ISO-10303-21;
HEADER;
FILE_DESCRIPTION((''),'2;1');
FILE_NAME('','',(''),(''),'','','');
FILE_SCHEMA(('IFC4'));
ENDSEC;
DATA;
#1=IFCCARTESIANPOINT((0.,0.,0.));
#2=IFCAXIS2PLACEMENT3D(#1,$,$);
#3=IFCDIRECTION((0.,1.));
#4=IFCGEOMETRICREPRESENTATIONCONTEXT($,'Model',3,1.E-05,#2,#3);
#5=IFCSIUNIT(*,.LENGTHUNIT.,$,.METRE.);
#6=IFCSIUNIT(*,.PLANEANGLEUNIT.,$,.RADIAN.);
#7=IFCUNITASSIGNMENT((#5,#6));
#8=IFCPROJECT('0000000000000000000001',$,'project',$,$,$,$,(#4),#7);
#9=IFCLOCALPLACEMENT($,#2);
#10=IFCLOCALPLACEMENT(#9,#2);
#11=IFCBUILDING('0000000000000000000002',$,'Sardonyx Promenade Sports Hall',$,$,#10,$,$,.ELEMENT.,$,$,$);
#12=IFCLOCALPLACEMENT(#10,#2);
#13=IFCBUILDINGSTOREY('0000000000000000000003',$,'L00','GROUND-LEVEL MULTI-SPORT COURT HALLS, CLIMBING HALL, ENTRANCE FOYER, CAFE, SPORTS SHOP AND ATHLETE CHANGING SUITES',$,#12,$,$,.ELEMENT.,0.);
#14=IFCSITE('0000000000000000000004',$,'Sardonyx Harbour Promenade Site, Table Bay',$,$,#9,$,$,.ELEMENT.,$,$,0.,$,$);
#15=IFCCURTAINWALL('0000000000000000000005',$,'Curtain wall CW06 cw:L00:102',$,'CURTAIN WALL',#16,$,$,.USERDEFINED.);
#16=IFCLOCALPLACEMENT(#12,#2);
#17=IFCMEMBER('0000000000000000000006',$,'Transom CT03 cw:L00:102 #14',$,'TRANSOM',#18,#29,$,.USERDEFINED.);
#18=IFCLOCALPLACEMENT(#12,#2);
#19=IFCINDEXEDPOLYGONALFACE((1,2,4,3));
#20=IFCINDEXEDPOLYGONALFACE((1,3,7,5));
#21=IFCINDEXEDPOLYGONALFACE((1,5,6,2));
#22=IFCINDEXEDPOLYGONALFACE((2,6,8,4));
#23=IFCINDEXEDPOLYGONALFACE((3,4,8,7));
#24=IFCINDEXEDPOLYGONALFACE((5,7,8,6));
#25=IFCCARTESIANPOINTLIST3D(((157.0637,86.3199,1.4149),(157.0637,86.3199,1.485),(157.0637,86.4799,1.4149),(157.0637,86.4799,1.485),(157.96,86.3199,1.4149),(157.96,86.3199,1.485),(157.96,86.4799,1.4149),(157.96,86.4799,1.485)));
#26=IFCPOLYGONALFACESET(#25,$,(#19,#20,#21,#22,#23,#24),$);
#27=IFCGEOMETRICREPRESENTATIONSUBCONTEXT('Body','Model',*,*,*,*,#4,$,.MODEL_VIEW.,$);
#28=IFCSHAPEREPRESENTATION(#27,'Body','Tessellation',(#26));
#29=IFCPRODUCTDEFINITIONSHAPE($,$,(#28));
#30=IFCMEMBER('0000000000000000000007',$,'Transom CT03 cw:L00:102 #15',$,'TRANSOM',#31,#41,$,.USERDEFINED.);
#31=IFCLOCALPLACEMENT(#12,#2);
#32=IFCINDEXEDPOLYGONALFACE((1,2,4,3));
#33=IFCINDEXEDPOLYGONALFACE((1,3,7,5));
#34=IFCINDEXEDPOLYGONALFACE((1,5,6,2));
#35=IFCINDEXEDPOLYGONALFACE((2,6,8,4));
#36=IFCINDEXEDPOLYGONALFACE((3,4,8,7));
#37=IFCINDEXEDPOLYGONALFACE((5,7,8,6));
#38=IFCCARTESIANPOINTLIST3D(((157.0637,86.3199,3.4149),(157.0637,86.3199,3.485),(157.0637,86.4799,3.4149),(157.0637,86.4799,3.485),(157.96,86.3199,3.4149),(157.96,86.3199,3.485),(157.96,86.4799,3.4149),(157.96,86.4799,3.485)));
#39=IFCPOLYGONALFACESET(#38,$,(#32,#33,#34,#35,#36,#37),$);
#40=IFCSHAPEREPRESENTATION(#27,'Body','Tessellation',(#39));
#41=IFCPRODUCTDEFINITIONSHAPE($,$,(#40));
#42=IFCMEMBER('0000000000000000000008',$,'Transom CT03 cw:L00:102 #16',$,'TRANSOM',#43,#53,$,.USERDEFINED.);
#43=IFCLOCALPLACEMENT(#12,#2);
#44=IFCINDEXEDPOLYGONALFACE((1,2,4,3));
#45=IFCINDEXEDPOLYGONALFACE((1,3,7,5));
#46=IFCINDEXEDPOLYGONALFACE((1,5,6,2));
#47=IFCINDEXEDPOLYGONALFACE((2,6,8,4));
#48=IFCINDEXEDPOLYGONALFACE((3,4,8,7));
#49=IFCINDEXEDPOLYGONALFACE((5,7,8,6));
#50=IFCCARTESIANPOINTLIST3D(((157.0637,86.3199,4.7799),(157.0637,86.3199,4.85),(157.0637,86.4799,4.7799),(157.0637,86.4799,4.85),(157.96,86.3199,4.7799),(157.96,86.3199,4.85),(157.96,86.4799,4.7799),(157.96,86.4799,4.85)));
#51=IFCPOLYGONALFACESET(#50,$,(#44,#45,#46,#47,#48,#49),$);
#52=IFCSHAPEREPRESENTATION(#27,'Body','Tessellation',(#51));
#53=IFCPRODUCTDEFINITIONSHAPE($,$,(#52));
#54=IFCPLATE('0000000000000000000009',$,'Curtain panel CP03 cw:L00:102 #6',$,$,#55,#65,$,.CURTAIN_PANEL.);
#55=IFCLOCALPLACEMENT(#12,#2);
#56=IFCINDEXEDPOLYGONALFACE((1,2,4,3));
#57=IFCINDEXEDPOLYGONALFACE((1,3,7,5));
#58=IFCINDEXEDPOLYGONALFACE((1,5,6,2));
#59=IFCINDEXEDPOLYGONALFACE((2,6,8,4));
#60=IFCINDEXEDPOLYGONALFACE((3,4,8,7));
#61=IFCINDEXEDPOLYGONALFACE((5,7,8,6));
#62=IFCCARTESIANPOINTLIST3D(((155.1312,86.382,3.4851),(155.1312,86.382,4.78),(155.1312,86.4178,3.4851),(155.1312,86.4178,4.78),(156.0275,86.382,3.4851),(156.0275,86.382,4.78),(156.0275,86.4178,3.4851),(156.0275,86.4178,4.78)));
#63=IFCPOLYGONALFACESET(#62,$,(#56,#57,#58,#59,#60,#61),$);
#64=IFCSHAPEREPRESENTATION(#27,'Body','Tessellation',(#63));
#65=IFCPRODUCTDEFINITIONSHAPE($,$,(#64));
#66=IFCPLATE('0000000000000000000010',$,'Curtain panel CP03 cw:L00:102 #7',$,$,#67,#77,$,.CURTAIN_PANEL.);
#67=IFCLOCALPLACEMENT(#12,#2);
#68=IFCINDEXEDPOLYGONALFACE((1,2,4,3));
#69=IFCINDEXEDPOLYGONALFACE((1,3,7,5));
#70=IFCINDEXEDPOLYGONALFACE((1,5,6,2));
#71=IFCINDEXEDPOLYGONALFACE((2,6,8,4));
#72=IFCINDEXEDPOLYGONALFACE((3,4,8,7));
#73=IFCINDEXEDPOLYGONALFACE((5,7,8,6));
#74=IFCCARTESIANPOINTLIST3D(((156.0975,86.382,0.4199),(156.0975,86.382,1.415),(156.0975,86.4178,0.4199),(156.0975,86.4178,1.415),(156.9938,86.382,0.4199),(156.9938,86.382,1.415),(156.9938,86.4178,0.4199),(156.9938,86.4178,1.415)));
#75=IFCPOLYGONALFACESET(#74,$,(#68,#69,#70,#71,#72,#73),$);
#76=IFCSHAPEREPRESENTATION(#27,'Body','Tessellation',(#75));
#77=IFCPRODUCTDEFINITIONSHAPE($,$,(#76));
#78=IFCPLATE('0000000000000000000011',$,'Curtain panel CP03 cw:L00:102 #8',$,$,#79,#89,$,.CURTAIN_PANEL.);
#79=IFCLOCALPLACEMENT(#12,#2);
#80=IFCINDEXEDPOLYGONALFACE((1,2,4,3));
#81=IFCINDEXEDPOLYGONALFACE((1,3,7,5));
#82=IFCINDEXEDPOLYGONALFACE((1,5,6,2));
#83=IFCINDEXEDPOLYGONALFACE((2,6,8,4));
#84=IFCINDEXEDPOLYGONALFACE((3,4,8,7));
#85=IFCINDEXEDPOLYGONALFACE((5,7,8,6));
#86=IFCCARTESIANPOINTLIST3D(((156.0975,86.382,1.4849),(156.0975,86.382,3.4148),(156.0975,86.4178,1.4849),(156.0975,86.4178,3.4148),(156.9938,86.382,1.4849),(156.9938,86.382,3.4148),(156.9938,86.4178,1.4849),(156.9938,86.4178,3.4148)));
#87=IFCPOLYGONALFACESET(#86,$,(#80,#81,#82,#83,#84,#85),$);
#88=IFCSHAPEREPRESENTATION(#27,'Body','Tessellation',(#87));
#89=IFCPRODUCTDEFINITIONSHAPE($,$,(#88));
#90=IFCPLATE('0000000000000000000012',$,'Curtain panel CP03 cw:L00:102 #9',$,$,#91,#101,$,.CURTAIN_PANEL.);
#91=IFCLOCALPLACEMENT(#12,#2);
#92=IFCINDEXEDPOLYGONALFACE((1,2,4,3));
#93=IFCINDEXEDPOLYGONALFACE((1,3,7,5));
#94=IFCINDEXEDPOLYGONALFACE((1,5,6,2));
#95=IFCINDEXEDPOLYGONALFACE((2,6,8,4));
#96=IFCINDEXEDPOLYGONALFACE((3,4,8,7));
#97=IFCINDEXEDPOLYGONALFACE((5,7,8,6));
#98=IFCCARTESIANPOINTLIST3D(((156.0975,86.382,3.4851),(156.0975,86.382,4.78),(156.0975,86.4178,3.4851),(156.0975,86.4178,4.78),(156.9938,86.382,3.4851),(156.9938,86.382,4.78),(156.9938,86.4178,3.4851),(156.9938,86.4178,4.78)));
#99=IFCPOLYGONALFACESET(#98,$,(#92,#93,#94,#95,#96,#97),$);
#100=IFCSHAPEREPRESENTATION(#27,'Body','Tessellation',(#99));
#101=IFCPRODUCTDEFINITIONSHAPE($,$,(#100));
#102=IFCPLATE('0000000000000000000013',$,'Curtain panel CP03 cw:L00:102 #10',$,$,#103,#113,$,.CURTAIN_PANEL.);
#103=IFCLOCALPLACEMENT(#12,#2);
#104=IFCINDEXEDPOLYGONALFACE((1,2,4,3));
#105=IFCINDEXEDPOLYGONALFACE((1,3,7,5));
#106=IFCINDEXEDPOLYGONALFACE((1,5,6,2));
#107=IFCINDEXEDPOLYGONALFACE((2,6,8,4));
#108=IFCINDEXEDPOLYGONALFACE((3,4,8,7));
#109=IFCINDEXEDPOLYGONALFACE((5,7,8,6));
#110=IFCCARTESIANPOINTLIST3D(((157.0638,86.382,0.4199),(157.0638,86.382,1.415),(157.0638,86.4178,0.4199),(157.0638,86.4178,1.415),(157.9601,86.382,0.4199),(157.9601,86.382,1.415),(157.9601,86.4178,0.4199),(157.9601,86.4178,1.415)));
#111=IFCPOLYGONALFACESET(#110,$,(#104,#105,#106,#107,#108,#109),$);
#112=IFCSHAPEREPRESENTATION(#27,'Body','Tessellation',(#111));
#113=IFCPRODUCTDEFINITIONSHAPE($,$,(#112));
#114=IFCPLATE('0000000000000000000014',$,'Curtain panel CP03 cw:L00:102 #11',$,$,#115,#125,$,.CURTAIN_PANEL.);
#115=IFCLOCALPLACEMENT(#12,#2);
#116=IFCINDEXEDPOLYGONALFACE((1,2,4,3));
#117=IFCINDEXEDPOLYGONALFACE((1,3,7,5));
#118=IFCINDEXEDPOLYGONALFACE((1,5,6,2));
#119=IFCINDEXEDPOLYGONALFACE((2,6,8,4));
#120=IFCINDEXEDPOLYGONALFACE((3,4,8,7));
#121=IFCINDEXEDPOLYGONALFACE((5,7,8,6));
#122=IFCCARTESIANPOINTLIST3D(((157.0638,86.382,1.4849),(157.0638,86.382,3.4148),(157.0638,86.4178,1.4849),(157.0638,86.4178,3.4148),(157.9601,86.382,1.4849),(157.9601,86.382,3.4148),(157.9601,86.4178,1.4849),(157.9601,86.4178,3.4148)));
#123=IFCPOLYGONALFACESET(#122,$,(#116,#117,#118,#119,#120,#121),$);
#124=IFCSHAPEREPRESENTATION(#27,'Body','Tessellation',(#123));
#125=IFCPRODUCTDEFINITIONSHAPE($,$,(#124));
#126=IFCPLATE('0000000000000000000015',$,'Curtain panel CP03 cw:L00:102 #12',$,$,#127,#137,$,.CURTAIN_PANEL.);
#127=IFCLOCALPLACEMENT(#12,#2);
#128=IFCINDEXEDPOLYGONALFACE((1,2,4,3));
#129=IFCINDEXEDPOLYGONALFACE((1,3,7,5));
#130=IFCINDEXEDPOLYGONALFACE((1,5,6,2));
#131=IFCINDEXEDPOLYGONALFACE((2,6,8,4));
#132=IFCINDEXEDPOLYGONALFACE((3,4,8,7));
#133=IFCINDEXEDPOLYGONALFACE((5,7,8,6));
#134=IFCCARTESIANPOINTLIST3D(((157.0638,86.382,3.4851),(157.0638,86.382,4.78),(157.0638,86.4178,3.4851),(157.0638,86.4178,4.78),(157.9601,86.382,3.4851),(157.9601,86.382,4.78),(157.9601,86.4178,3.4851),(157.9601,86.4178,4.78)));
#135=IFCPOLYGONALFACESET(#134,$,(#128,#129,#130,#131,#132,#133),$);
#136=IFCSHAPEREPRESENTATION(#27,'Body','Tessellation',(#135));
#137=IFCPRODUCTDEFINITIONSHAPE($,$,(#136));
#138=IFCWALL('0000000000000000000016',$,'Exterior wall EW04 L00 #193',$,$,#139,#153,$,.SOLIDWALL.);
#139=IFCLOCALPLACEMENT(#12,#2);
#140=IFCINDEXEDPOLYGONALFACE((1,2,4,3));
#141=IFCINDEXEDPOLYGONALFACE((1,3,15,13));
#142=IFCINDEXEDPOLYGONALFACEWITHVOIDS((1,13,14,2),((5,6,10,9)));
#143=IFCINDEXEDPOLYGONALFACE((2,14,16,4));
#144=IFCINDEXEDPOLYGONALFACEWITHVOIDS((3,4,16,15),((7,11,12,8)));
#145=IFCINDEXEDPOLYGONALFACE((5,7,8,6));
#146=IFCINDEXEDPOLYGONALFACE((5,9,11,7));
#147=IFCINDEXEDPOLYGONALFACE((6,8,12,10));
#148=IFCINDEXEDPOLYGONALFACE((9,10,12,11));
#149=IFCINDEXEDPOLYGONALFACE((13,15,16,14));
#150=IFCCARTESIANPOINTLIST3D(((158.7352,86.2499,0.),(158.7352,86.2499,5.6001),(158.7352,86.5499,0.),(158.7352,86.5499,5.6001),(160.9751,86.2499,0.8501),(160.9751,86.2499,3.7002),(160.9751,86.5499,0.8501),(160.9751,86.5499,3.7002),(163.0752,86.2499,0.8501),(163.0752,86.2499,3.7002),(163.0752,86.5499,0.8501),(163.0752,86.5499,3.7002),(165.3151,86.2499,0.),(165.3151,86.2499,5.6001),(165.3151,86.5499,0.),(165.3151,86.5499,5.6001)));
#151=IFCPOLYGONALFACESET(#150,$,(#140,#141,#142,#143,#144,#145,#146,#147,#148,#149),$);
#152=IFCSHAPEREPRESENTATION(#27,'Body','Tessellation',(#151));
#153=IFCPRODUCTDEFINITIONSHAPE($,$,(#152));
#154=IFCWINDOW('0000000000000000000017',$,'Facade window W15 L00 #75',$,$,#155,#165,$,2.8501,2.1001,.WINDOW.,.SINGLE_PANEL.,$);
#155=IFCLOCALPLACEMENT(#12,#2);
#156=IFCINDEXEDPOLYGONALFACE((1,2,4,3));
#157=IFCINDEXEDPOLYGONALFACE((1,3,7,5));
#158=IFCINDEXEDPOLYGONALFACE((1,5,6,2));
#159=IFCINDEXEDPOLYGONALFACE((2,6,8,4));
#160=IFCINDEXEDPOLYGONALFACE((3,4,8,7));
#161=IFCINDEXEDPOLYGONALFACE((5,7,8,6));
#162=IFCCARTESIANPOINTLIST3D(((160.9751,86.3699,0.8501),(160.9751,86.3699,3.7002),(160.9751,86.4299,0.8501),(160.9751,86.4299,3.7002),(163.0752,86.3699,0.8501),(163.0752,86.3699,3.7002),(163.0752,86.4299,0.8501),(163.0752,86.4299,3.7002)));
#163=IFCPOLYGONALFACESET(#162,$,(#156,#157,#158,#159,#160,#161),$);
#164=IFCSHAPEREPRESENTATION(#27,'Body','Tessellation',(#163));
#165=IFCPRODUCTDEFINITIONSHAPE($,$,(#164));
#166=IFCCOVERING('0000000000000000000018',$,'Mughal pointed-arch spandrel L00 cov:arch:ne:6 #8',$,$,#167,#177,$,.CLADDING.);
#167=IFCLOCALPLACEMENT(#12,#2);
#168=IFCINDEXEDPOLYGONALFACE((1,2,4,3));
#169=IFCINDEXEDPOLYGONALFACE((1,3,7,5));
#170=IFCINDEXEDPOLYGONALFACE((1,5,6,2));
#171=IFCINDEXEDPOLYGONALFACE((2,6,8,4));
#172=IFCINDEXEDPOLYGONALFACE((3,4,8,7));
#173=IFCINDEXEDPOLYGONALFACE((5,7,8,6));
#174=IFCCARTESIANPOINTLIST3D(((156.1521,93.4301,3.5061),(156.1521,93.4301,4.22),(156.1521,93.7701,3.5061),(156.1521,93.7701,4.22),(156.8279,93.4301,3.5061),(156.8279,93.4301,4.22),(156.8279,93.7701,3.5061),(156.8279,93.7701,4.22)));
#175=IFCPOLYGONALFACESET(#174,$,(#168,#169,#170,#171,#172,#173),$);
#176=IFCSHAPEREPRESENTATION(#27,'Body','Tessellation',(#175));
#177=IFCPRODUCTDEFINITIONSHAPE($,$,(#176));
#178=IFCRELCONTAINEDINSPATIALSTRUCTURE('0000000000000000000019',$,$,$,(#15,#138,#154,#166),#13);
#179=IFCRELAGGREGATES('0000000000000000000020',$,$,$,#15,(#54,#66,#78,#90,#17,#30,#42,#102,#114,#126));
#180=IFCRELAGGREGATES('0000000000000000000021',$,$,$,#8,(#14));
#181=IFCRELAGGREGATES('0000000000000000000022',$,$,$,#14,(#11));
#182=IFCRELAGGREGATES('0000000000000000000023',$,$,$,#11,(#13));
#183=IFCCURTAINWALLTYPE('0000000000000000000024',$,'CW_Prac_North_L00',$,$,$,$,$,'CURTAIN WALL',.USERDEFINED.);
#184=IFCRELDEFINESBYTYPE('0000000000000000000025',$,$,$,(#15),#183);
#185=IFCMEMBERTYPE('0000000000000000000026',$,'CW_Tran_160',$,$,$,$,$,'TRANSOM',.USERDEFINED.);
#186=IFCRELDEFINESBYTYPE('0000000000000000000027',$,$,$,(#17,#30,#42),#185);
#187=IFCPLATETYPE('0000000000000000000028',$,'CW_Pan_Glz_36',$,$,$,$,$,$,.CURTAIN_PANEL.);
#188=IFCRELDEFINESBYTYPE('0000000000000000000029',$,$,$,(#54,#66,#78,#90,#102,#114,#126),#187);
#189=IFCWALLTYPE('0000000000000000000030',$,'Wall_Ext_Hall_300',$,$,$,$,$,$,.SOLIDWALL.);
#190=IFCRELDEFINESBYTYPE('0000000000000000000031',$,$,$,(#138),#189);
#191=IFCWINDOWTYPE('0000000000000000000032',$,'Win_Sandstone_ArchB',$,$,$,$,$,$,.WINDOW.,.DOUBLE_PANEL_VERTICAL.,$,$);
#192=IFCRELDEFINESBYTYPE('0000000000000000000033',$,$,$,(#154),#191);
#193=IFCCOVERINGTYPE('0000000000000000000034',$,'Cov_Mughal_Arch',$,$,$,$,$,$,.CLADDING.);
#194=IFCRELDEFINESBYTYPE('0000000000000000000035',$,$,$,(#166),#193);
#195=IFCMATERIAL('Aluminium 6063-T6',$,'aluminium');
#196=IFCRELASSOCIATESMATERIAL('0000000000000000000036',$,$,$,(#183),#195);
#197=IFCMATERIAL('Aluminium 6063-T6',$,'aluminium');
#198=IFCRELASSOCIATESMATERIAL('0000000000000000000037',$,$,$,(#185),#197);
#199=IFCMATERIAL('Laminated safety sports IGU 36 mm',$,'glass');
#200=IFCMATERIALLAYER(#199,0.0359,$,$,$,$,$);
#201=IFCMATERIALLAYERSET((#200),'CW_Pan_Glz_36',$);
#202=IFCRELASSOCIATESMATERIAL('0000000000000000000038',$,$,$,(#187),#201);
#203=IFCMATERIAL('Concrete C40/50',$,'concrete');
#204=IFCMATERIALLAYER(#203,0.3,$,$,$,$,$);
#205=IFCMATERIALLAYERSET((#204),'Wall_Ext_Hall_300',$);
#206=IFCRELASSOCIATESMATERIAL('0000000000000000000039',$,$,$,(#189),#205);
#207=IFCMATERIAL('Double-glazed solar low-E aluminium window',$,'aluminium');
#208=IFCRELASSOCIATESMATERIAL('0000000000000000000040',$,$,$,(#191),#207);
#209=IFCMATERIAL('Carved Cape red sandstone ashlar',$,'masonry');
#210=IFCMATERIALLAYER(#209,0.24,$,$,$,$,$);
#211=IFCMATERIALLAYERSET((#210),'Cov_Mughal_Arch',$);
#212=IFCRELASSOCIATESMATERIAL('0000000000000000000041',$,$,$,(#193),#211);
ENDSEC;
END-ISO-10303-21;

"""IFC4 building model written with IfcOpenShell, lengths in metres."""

from ifc_helpers import new_model, si_unit, direction, frame, frame_2d, origin, origin_2d, place, context, subcontext, project, spatial, rectangle, extrude, material, layer, layer_set, material_profile, profile_set, type_object, element, fill, aggregate, save


model = new_model("IFC4")

# Units and contexts
model_context = context("Model", 3, precision=1e-05, world=origin(), true_north=direction((0.0, 1.0)))
body_context = subcontext(model_context, "Body", "Model", "MODEL_VIEW")
ifc_project = project(units=[si_unit("LENGTHUNIT", "METRE"), si_unit("PLANEANGLEUNIT", "RADIAN")], contexts=[model_context])

# Site, building, storey
site_placement = place(None, origin())
site = spatial("IfcSite", under=ifc_project, at=site_placement, Name="Sardonyx Harbour Promenade Site, Table Bay", CompositionType="ELEMENT", RefElevation=0.0)
building_placement = place(site_placement, origin())
building = spatial("IfcBuilding", under=site, at=building_placement, Name="Sardonyx Promenade Sports Hall", CompositionType="ELEMENT")
storey_placement = place(building_placement, origin())
storey = spatial("IfcBuildingStorey", under=building, at=storey_placement, Name="L00", Description="GROUND-LEVEL MULTI-SPORT COURT HALLS, CLIMBING HALL, ENTRANCE FOYER, CAFE, SPORTS SHOP AND ATHLETE CHANGING SUITES", CompositionType="ELEMENT", Elevation=0.0)

# Curtain wall, members, plates
ifc_material_1 = material(Name="Aluminium 6063-T6", Category="aluminium")
curtain_wall_type = type_object("IfcCurtainWallType", Name="CW_Prac_North_L00", ElementType="CURTAIN WALL", PredefinedType="USERDEFINED", material=ifc_material_1)
curtain_wall_placement = place(storey_placement, origin())
curtain_wall = element("IfcCurtainWall", 1, at=curtain_wall_placement, inside=storey, type_object=curtain_wall_type, Name="Curtain wall CW06 cw:L00:102", ObjectType="CURTAIN WALL", PredefinedType="USERDEFINED")
ifc_material_2 = material(Name="Aluminium 6063-T6", Category="aluminium")
ifc_material_profile_1 = material_profile(ifc_material_2, rectangle(XDim=0.0701, YDim=0.1599, at=origin_2d()))
ifc_profile_set_1 = profile_set([ifc_material_profile_1], Name="Aluminium 6063-T6")
member_type_1 = type_object("IfcMemberType", Name="CW_Tran_160", ElementType="TRANSOM", PredefinedType="USERDEFINED", material=ifc_profile_set_1)
member_1_placement = place(storey_placement, frame((157.0637, 86.3999, 1.45), z_axis=(1.0, 0.0, 0.0), x_axis=(0.0, 0.0, 1.0)))
member_1 = element("IfcMember", 2, at=member_1_placement, type_object=member_type_1, Name="Transom CT03 cw:L00:102 #14", ObjectType="TRANSOM", PredefinedType="USERDEFINED", context=body_context, shape_type="SweptSolid", body=[
    extrude(rectangle(XDim=0.0701, YDim=0.1599, at=origin_2d()), origin(), (0.0, 0.0, 1.0), 0.8962),
])
member_2_placement = place(storey_placement, frame((157.0637, 86.3999, 3.45), z_axis=(1.0, 0.0, 0.0), x_axis=(0.0, 0.0, 1.0)))
member_2 = element("IfcMember", 3, at=member_2_placement, type_object=member_type_1, Name="Transom CT03 cw:L00:102 #15", ObjectType="TRANSOM", PredefinedType="USERDEFINED", context=body_context, shape_type="SweptSolid", body=[
    extrude(rectangle(XDim=0.0701, YDim=0.1599, at=origin_2d()), origin(), (0.0, 0.0, 1.0), 0.8962),
])
member_3_placement = place(storey_placement, frame((157.0637, 86.3999, 4.8149), z_axis=(1.0, 0.0, 0.0), x_axis=(0.0, 0.0, 1.0)))
member_3 = element("IfcMember", 4, at=member_3_placement, type_object=member_type_1, Name="Transom CT03 cw:L00:102 #16", ObjectType="TRANSOM", PredefinedType="USERDEFINED", context=body_context, shape_type="SweptSolid", body=[
    extrude(rectangle(XDim=0.0701, YDim=0.1599, at=origin_2d()), origin(), (0.0, 0.0, 1.0), 0.8962),
])
ifc_material_3 = material(Name="Laminated safety sports IGU 36 mm", Category="glass")
ifc_layer_1 = layer(ifc_material_3, 0.0359)
ifc_layer_set_1 = layer_set([ifc_layer_1], Name="CW_Pan_Glz_36")
plate_type = type_object("IfcPlateType", Name="CW_Pan_Glz_36", PredefinedType="CURTAIN_PANEL", material=ifc_layer_set_1)
plate_1_placement = place(storey_placement, frame((155.5793, 86.3999, 3.4851), z_axis=(0.0, 0.0, 1.0), x_axis=(1.0, 0.0, 0.0)))
plate_1 = element("IfcPlate", 5, at=plate_1_placement, type_object=plate_type, Name="Curtain panel CP03 cw:L00:102 #6", PredefinedType="CURTAIN_PANEL", context=body_context, shape_type="SweptSolid", body=[
    extrude(rectangle(XDim=0.8962, YDim=0.0359, at=origin_2d()), origin(), (0.0, 0.0, 1.0), 1.2949),
])
plate_2_placement = place(storey_placement, frame((156.5457, 86.3999, 0.4199), z_axis=(0.0, 0.0, 1.0), x_axis=(1.0, 0.0, 0.0)))
plate_2 = element("IfcPlate", 6, at=plate_2_placement, type_object=plate_type, Name="Curtain panel CP03 cw:L00:102 #7", PredefinedType="CURTAIN_PANEL", context=body_context, shape_type="SweptSolid", body=[
    extrude(rectangle(XDim=0.8962, YDim=0.0359, at=origin_2d()), origin(), (0.0, 0.0, 1.0), 0.9951),
])
plate_3_placement = place(storey_placement, frame((156.5457, 86.3999, 1.4849), z_axis=(0.0, 0.0, 1.0), x_axis=(1.0, 0.0, 0.0)))
plate_3 = element("IfcPlate", 7, at=plate_3_placement, type_object=plate_type, Name="Curtain panel CP03 cw:L00:102 #8", PredefinedType="CURTAIN_PANEL", context=body_context, shape_type="SweptSolid", body=[
    extrude(rectangle(XDim=0.8962, YDim=0.0359, at=origin_2d()), origin(), (0.0, 0.0, 1.0), 1.9299),
])
plate_4_placement = place(storey_placement, frame((156.5457, 86.3999, 3.4851), z_axis=(0.0, 0.0, 1.0), x_axis=(1.0, 0.0, 0.0)))
plate_4 = element("IfcPlate", 8, at=plate_4_placement, type_object=plate_type, Name="Curtain panel CP03 cw:L00:102 #9", PredefinedType="CURTAIN_PANEL", context=body_context, shape_type="SweptSolid", body=[
    extrude(rectangle(XDim=0.8962, YDim=0.0359, at=origin_2d()), origin(), (0.0, 0.0, 1.0), 1.2949),
])
plate_5_placement = place(storey_placement, frame((157.512, 86.3999, 0.4199), z_axis=(0.0, 0.0, 1.0), x_axis=(1.0, 0.0, 0.0)))
plate_5 = element("IfcPlate", 9, at=plate_5_placement, type_object=plate_type, Name="Curtain panel CP03 cw:L00:102 #10", PredefinedType="CURTAIN_PANEL", context=body_context, shape_type="SweptSolid", body=[
    extrude(rectangle(XDim=0.8962, YDim=0.0359, at=origin_2d()), origin(), (0.0, 0.0, 1.0), 0.9951),
])
plate_6_placement = place(storey_placement, frame((157.512, 86.3999, 1.4849), z_axis=(0.0, 0.0, 1.0), x_axis=(1.0, 0.0, 0.0)))
plate_6 = element("IfcPlate", 10, at=plate_6_placement, type_object=plate_type, Name="Curtain panel CP03 cw:L00:102 #11", PredefinedType="CURTAIN_PANEL", context=body_context, shape_type="SweptSolid", body=[
    extrude(rectangle(XDim=0.8962, YDim=0.0359, at=origin_2d()), origin(), (0.0, 0.0, 1.0), 1.9299),
])
plate_7_placement = place(storey_placement, frame((157.512, 86.3999, 3.4851), z_axis=(0.0, 0.0, 1.0), x_axis=(1.0, 0.0, 0.0)))
plate_7 = element("IfcPlate", 11, at=plate_7_placement, type_object=plate_type, Name="Curtain panel CP03 cw:L00:102 #12", PredefinedType="CURTAIN_PANEL", context=body_context, shape_type="SweptSolid", body=[
    extrude(rectangle(XDim=0.8962, YDim=0.0359, at=origin_2d()), origin(), (0.0, 0.0, 1.0), 1.2949),
])
aggregate(curtain_wall, [plate_1, plate_2, plate_3, plate_4, member_1, member_2, member_3, plate_5, plate_6, plate_7])

# Wall, opening, window
ifc_material_4 = material(Name="Concrete C40/50", Category="concrete")
ifc_layer_2 = layer(ifc_material_4, 0.3)
ifc_layer_set_2 = layer_set([ifc_layer_2], Name="Wall_Ext_Hall_300")
wall_type = type_object("IfcWallType", Name="Wall_Ext_Hall_300", PredefinedType="SOLIDWALL", material=ifc_layer_set_2)
wall_placement = place(storey_placement, frame((158.7351, 86.3999, 0.0), z_axis=(0.0, 0.0, 1.0), x_axis=(1.0, 0.0, 0.0)))
wall = element("IfcWall", 12, at=wall_placement, inside=storey, type_object=wall_type, Name="Exterior wall EW04 L00 #193", PredefinedType="SOLIDWALL", context=body_context, shape_type="SweptSolid", body=[
    extrude(rectangle(XDim=6.5798, YDim=0.3, at=frame_2d((3.29, 0.0))), origin(), (0.0, 0.0, 1.0), 5.6001),
])
opening_placement = place(wall_placement, frame((2.24, 0.0, 0.8501)))
opening = element("IfcOpeningElement", 13, at=opening_placement, cuts=wall, PredefinedType="OPENING", context=body_context, shape_type="SweptSolid", body=[
    extrude(rectangle(XDim=2.1001, YDim=2.8501, at=frame_2d((1.05, 1.425))), frame((0.0, 0.16, 0.0), z_axis=(0.0, -1.0, 0.0), x_axis=(1.0, 0.0, 0.0)), (0.0, 0.0, 1.0), 0.32),
])
ifc_material_5 = material(Name="Double-glazed solar low-E aluminium window", Category="aluminium")
window_type = type_object("IfcWindowType", Name="Win_Sandstone_ArchB", PartitioningType="DOUBLE_PANEL_VERTICAL", PredefinedType="WINDOW", material=ifc_material_5)
window_placement = place(opening_placement, origin())
window = element("IfcWindow", 14, at=window_placement, inside=storey, type_object=window_type, Name="Facade window W15 L00 #75", OverallHeight=2.8501, OverallWidth=2.1001, PartitioningType="SINGLE_PANEL", PredefinedType="WINDOW", context=body_context, shape_type="SweptSolid", body=[
    extrude(rectangle(XDim=2.1001, YDim=2.8501, at=frame_2d((1.05, 1.425))), frame((0.0, 0.03, 0.0), z_axis=(0.0, -1.0, 0.0), x_axis=(1.0, 0.0, 0.0)), (0.0, 0.0, 1.0), 0.0601),
])
fill(opening, window)

# Covering
ifc_material_6 = material(Name="Carved Cape red sandstone ashlar", Category="masonry")
ifc_layer_3 = layer(ifc_material_6, 0.24)
ifc_layer_set_3 = layer_set([ifc_layer_3], Name="Cov_Mughal_Arch")
covering_type = type_object("IfcCoveringType", Name="Cov_Mughal_Arch", PredefinedType="CLADDING", material=ifc_layer_set_3)
covering_1_placement = place(storey_placement, frame((156.1521, 93.6001, 3.5061), z_axis=(0.0, 0.0, 1.0), x_axis=(1.0, 0.0, 0.0)))
element("IfcCovering", 15, at=covering_1_placement, inside=storey, type_object=covering_type, Name="Mughal pointed-arch spandrel L00 cov:arch:ne:6 #8", PredefinedType="CLADDING", context=body_context, shape_type="SweptSolid", body=[
    extrude(rectangle(XDim=0.6758, YDim=0.3401, at=frame_2d((0.3379, 0.0))), origin(), (0.0, 0.0, 1.0), 0.7139),
])

save(model, "model.ifc")
